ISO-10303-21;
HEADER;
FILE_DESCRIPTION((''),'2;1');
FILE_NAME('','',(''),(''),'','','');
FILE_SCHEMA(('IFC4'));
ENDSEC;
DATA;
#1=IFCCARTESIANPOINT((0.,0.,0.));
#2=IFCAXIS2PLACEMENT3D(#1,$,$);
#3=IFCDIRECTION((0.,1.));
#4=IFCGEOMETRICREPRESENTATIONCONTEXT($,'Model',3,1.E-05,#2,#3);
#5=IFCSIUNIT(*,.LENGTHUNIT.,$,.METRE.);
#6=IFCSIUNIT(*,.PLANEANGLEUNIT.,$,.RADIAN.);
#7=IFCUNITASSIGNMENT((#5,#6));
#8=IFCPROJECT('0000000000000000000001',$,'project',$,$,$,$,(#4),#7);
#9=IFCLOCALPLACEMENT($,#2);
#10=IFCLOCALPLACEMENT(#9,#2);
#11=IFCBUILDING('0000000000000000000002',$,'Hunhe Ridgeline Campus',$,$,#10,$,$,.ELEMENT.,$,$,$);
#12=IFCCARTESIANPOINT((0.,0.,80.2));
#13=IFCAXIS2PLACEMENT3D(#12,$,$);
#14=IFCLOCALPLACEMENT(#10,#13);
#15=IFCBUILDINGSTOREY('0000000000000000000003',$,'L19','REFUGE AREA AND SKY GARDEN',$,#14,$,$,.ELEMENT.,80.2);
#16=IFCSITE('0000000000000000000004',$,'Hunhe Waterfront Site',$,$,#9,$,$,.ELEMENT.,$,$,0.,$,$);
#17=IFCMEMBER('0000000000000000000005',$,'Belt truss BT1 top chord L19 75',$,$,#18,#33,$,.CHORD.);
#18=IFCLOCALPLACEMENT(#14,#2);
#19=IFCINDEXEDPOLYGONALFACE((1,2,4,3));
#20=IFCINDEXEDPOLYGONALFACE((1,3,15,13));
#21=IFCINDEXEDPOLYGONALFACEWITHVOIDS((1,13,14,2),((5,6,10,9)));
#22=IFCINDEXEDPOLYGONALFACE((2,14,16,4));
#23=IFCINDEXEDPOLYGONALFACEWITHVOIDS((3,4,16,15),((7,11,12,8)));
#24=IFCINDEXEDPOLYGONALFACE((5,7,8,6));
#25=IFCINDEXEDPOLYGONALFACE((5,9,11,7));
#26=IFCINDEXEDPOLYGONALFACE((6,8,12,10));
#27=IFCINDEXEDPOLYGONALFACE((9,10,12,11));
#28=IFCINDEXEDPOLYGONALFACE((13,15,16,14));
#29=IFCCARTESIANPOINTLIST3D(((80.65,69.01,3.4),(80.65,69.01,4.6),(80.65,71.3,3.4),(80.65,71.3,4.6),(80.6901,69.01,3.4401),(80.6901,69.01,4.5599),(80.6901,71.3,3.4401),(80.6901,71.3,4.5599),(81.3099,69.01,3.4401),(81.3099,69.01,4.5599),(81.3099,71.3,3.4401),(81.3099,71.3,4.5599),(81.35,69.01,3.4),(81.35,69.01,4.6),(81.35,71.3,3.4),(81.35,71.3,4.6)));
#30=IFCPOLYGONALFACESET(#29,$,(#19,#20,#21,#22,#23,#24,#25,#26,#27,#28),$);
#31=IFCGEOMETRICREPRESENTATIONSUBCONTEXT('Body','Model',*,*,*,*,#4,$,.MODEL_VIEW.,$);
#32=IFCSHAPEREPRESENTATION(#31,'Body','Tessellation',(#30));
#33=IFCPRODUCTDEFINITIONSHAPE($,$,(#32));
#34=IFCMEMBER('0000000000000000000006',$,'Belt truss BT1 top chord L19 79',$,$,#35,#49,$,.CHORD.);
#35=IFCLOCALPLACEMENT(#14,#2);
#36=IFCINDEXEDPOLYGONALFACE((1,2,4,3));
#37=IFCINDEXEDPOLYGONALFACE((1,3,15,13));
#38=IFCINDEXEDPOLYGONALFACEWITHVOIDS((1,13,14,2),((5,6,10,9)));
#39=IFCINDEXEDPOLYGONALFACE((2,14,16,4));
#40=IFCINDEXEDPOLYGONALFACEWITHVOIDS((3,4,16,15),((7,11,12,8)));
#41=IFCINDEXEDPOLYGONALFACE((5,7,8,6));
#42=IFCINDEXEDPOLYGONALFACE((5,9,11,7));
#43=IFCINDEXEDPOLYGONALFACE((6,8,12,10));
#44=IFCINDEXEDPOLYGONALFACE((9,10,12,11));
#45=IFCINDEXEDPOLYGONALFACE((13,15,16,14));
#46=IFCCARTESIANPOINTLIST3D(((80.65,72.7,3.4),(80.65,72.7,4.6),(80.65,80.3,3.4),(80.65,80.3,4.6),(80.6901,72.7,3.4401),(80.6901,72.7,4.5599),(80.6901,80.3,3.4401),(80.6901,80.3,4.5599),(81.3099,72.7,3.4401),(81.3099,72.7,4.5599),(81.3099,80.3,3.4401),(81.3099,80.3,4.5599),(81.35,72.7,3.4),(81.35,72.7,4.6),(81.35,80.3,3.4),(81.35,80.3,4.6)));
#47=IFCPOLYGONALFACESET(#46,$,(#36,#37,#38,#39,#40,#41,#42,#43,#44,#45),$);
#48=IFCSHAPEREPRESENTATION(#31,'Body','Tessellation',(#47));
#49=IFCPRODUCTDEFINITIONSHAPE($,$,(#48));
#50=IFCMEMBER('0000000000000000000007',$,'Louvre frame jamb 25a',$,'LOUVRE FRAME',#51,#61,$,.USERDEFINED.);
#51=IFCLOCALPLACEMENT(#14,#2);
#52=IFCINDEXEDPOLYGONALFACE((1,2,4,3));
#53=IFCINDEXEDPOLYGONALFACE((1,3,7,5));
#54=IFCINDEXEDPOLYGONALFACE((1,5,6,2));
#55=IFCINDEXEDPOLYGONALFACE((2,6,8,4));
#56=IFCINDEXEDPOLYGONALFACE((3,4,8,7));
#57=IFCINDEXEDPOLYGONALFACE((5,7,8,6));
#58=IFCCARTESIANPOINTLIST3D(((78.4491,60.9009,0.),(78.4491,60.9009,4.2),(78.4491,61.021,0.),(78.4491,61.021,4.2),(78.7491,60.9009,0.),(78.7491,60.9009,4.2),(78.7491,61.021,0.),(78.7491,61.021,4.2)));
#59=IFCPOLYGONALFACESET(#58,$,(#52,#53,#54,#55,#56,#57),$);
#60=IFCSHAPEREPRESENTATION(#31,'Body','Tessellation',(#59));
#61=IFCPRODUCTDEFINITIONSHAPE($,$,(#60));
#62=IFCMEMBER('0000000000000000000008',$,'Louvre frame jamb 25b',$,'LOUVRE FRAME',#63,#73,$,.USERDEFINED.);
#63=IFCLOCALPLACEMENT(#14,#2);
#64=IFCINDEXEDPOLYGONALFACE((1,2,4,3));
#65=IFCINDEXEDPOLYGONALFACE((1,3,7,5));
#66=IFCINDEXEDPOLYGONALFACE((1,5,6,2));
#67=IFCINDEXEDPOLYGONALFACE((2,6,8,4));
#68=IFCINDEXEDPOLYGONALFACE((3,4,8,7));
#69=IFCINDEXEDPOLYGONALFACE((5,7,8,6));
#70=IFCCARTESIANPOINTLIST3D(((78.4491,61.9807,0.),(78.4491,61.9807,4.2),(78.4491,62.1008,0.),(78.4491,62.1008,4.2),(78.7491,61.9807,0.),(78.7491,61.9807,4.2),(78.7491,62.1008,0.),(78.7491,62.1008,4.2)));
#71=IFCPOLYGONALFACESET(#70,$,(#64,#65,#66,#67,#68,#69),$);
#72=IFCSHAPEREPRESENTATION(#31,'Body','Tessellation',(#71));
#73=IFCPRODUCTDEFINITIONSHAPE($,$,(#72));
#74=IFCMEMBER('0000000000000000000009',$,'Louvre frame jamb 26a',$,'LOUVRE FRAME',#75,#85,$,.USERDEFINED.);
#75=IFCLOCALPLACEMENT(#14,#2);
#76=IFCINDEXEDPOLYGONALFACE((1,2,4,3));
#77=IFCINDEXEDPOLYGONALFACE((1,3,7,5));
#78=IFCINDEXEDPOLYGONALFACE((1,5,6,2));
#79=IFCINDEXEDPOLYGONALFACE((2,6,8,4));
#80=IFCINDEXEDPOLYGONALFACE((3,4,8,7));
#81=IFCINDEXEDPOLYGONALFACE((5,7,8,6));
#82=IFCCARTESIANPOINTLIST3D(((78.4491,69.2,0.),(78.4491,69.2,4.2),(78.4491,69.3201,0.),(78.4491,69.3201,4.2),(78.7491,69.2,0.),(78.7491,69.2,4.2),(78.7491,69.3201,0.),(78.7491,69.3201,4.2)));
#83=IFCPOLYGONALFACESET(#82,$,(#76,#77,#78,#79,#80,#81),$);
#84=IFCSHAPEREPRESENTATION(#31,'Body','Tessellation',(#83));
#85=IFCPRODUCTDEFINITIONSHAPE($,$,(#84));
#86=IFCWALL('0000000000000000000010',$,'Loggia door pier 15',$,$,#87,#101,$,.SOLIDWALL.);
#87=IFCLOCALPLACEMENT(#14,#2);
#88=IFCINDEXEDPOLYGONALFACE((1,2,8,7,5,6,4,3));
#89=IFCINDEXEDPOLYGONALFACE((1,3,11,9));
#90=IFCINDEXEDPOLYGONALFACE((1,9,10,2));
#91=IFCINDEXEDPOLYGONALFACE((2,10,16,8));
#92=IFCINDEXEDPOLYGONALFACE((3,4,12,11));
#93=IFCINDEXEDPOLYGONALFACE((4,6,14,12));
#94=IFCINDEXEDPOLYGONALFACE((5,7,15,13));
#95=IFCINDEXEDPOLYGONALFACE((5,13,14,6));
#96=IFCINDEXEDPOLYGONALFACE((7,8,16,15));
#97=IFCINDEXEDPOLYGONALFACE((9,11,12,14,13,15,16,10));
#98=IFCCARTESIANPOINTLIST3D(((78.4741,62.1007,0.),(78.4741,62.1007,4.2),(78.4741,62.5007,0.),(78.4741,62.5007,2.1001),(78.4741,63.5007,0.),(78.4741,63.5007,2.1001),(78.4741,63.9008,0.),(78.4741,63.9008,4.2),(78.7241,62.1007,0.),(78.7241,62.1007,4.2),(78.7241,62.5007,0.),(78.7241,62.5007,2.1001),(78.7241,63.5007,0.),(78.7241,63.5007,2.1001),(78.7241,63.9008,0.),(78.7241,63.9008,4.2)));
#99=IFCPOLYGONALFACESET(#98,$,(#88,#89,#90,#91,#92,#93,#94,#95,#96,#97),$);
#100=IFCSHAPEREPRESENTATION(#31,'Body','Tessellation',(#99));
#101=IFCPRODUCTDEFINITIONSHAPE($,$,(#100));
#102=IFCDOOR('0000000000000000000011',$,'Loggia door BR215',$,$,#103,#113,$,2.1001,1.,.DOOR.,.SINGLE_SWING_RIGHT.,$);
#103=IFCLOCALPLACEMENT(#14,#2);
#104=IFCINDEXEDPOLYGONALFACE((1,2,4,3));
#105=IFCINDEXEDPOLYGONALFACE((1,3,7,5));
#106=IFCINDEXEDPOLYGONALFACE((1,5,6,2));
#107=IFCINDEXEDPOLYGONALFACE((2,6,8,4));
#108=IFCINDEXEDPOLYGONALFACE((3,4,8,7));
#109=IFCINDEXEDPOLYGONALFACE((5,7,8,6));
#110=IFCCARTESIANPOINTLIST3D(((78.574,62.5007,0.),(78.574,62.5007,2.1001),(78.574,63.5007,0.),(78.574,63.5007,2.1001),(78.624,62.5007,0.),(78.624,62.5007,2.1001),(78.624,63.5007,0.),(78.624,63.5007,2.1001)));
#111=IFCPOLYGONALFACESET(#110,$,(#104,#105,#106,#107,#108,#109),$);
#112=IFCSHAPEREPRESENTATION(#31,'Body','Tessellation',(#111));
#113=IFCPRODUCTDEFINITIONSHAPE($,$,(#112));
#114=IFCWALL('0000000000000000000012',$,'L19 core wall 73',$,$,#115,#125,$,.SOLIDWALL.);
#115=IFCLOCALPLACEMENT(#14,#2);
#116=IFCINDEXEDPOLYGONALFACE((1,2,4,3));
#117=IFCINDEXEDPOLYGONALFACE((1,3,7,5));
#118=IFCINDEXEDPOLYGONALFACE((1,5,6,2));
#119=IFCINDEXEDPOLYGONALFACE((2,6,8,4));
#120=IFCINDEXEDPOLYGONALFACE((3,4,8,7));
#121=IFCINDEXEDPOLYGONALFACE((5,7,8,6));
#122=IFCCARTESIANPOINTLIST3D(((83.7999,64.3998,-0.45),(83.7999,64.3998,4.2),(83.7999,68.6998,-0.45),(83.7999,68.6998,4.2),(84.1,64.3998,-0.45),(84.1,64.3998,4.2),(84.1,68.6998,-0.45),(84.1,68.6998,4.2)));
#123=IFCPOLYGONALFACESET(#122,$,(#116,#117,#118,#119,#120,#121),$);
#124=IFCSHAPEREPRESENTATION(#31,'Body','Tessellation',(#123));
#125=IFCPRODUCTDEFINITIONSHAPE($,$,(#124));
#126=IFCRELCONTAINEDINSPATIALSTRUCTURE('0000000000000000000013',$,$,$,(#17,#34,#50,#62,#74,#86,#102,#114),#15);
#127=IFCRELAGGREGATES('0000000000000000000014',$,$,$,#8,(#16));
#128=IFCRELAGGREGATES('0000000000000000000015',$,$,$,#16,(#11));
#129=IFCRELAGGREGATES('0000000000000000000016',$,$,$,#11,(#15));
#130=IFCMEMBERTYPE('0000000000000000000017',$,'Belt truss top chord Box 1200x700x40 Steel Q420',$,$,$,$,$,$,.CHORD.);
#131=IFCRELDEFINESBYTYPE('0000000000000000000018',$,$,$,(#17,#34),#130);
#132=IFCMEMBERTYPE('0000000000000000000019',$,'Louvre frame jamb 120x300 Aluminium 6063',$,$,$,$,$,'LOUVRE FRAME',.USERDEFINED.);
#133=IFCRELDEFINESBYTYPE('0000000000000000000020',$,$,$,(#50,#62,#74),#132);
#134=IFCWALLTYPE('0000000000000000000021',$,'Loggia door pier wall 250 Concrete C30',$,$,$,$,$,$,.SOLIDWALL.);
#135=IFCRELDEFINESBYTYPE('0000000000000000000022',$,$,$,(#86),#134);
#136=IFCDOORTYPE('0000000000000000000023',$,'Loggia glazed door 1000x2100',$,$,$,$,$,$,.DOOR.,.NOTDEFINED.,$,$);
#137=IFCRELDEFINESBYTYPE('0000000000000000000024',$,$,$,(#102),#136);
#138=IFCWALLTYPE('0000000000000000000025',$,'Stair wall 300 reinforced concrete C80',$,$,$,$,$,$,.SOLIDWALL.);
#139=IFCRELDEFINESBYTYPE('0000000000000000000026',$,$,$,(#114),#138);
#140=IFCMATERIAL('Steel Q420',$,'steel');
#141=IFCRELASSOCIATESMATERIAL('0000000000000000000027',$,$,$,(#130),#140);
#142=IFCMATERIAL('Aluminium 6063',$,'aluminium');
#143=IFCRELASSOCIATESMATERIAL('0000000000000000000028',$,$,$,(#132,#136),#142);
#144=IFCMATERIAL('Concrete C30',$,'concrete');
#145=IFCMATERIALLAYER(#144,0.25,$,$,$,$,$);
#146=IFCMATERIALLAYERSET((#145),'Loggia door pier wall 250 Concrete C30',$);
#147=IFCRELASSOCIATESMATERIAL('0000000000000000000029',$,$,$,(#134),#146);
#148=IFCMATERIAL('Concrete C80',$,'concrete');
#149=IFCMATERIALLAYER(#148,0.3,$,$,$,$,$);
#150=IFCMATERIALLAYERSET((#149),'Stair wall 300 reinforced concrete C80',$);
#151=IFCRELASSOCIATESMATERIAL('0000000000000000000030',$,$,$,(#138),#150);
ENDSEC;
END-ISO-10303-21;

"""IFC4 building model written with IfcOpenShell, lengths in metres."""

from ifc_helpers import new_model, si_unit, direction, frame, frame_2d, origin, origin_2d, place, context, subcontext, project, spatial, rectangle, hollow_rectangle, extrude, material, layer, layer_set, material_profile, profile_set, type_object, element, fill, save


model = new_model("IFC4")

# Units and contexts
model_context = context("Model", 3, precision=1e-05, world=origin(), true_north=direction((0.0, 1.0)))
body_context = subcontext(model_context, "Body", "Model", "MODEL_VIEW")
ifc_project = project(units=[si_unit("LENGTHUNIT", "METRE"), si_unit("PLANEANGLEUNIT", "RADIAN")], contexts=[model_context])

# Site, building, storey
site_placement = place(None, origin())
site = spatial("IfcSite", under=ifc_project, at=site_placement, Name="Hunhe Waterfront Site", CompositionType="ELEMENT", RefElevation=0.0)
building_placement = place(site_placement, origin())
building = spatial("IfcBuilding", under=site, at=building_placement, Name="Hunhe Ridgeline Campus", CompositionType="ELEMENT")
storey_placement = place(building_placement, frame((0.0, 0.0, 80.2)))
storey = spatial("IfcBuildingStorey", under=building, at=storey_placement, Name="L19", Description="REFUGE AREA AND SKY GARDEN", CompositionType="ELEMENT", Elevation=80.2)

# Shared definitions
ifc_material_1 = material(Name="Concrete C80", Category="concrete")

# Members
ifc_material_2 = material(Name="Steel Q420", Category="steel")
ifc_material_profile_1 = material_profile(ifc_material_2, hollow_rectangle(XDim=0.7, YDim=1.2, WallThickness=0.04, at=origin_2d()))
ifc_profile_set_1 = profile_set([ifc_material_profile_1], Name="Steel Q420")
member_type_1 = type_object("IfcMemberType", Name="Belt truss top chord Box 1200x700x40 Steel Q420", PredefinedType="CHORD", material=ifc_profile_set_1)
member_1_placement = place(storey_placement, frame((81.0, 69.01, 4.0), z_axis=(0.0, 1.0, 0.0), x_axis=(-1.0, 0.0, 0.0)))
element("IfcMember", 1, at=member_1_placement, inside=storey, type_object=member_type_1, Name="Belt truss BT1 top chord L19 75", PredefinedType="CHORD", context=body_context, shape_type="SweptSolid", body=[
    extrude(hollow_rectangle(XDim=0.7, YDim=1.2, WallThickness=0.04, at=origin_2d()), origin(), (0.0, 0.0, 1.0), 2.29),
])
member_2_placement = place(storey_placement, frame((81.0, 72.7, 4.0), z_axis=(0.0, 1.0, 0.0), x_axis=(-1.0, 0.0, 0.0)))
element("IfcMember", 2, at=member_2_placement, inside=storey, type_object=member_type_1, Name="Belt truss BT1 top chord L19 79", PredefinedType="CHORD", context=body_context, shape_type="SweptSolid", body=[
    extrude(hollow_rectangle(XDim=0.7, YDim=1.2, WallThickness=0.04, at=origin_2d()), origin(), (0.0, 0.0, 1.0), 7.6001),
])
ifc_material_3 = material(Name="Aluminium 6063", Category="aluminium")
ifc_material_profile_2 = material_profile(ifc_material_3, rectangle(XDim=0.3, YDim=0.1201, at=origin_2d()))
ifc_profile_set_2 = profile_set([ifc_material_profile_2], Name="Aluminium 6063")
member_type_2 = type_object("IfcMemberType", Name="Louvre frame jamb 120x300 Aluminium 6063", ElementType="LOUVRE FRAME", PredefinedType="USERDEFINED", material=ifc_profile_set_2)
for number, where, z_axis, x_axis, name in (
    (3, (78.5991, 60.9609, 0.0), (0.0, 0.0, 1.0), (-1.0, 0.0, 0.0), "Louvre frame jamb 25a"),
    (4, (78.5991, 62.0408, 0.0), (0.0, 0.0, 1.0), (-1.0, 0.0, 0.0), "Louvre frame jamb 25b"),
    (5, (78.5991, 69.26, 0.0), (0.0, 0.0, 1.0), (-1.0, 0.0, 0.0), "Louvre frame jamb 26a"),
):
    element("IfcMember", number, at=place(storey_placement, frame(where, z_axis=z_axis, x_axis=x_axis)), inside=storey, type_object=member_type_2, Name=name, ObjectType="LOUVRE FRAME", PredefinedType="USERDEFINED", context=body_context, shape_type="SweptSolid", body=[
        extrude(rectangle(XDim=0.3, YDim=0.1201, at=origin_2d()), origin(), (0.0, 0.0, 1.0), 4.2),
    ])

# Wall, opening, door
ifc_material_4 = material(Name="Concrete C30", Category="concrete")
ifc_layer_1 = layer(ifc_material_4, 0.25)
ifc_layer_set_1 = layer_set([ifc_layer_1], Name="Loggia door pier wall 250 Concrete C30")
wall_type_1 = type_object("IfcWallType", Name="Loggia door pier wall 250 Concrete C30", PredefinedType="SOLIDWALL", material=ifc_layer_set_1)
wall_1_placement = place(storey_placement, frame((78.5991, 62.1008, 0.0), z_axis=(0.0, 0.0, 1.0), x_axis=(0.0, 1.0, 0.0)))
wall_1 = element("IfcWall", 6, at=wall_1_placement, inside=storey, type_object=wall_type_1, Name="Loggia door pier 15", PredefinedType="SOLIDWALL", context=body_context, shape_type="SweptSolid", body=[
    extrude(rectangle(XDim=1.8, YDim=0.25, at=frame_2d((0.8999, 0.0))), origin(), (0.0, 0.0, 1.0), 4.2),
])
opening_placement = place(wall_1_placement, frame((0.3999, 0.0, 0.0)))
opening = element("IfcOpeningElement", 7, at=opening_placement, cuts=wall_1, PredefinedType="OPENING", context=body_context, shape_type="SweptSolid", body=[
    extrude(rectangle(XDim=1.0, YDim=2.1001, at=frame_2d((0.5, 1.05))), frame((0.0, 0.125, 0.0), z_axis=(0.0, -1.0, 0.0), x_axis=(1.0, 0.0, 0.0)), (0.0, 0.0, 1.0), 0.25),
])
door_type = type_object("IfcDoorType", Name="Loggia glazed door 1000x2100", OperationType="NOTDEFINED", PredefinedType="DOOR", material=ifc_material_3)
door_placement = place(opening_placement, frame((1.0, 0.0, 0.0), z_axis=(0.0, 0.0, 1.0), x_axis=(-1.0, 0.0, 0.0)))
door = element("IfcDoor", 8, at=door_placement, inside=storey, type_object=door_type, Name="Loggia door BR215", OperationType="SINGLE_SWING_RIGHT", OverallHeight=2.1001, OverallWidth=1.0, PredefinedType="DOOR", context=body_context, shape_type="SweptSolid", body=[
    extrude(rectangle(XDim=1.0, YDim=2.1001, at=frame_2d((0.5, 1.05))), frame((0.0, 0.0249, 0.0), z_axis=(0.0, -1.0, 0.0), x_axis=(1.0, 0.0, 0.0)), (0.0, 0.0, 1.0), 0.05),
])
fill(opening, door)

# Wall
ifc_layer_2 = layer(ifc_material_1, 0.3)
ifc_layer_set_2 = layer_set([ifc_layer_2], Name="Stair wall 300 reinforced concrete C80")
wall_type_2 = type_object("IfcWallType", Name="Stair wall 300 reinforced concrete C80", PredefinedType="SOLIDWALL", material=ifc_layer_set_2)
wall_2_placement = place(storey_placement, frame((83.95, 64.3999, -0.45), z_axis=(0.0, 0.0, 1.0), x_axis=(0.0, 1.0, 0.0)))
element("IfcWall", 9, at=wall_2_placement, inside=storey, type_object=wall_type_2, Name="L19 core wall 73", PredefinedType="SOLIDWALL", context=body_context, shape_type="SweptSolid", body=[
    extrude(rectangle(XDim=4.3, YDim=0.3, at=frame_2d((2.1499, 0.0))), origin(), (0.0, 0.0, 1.0), 4.6499),
])

save(model, "model.ifc")
